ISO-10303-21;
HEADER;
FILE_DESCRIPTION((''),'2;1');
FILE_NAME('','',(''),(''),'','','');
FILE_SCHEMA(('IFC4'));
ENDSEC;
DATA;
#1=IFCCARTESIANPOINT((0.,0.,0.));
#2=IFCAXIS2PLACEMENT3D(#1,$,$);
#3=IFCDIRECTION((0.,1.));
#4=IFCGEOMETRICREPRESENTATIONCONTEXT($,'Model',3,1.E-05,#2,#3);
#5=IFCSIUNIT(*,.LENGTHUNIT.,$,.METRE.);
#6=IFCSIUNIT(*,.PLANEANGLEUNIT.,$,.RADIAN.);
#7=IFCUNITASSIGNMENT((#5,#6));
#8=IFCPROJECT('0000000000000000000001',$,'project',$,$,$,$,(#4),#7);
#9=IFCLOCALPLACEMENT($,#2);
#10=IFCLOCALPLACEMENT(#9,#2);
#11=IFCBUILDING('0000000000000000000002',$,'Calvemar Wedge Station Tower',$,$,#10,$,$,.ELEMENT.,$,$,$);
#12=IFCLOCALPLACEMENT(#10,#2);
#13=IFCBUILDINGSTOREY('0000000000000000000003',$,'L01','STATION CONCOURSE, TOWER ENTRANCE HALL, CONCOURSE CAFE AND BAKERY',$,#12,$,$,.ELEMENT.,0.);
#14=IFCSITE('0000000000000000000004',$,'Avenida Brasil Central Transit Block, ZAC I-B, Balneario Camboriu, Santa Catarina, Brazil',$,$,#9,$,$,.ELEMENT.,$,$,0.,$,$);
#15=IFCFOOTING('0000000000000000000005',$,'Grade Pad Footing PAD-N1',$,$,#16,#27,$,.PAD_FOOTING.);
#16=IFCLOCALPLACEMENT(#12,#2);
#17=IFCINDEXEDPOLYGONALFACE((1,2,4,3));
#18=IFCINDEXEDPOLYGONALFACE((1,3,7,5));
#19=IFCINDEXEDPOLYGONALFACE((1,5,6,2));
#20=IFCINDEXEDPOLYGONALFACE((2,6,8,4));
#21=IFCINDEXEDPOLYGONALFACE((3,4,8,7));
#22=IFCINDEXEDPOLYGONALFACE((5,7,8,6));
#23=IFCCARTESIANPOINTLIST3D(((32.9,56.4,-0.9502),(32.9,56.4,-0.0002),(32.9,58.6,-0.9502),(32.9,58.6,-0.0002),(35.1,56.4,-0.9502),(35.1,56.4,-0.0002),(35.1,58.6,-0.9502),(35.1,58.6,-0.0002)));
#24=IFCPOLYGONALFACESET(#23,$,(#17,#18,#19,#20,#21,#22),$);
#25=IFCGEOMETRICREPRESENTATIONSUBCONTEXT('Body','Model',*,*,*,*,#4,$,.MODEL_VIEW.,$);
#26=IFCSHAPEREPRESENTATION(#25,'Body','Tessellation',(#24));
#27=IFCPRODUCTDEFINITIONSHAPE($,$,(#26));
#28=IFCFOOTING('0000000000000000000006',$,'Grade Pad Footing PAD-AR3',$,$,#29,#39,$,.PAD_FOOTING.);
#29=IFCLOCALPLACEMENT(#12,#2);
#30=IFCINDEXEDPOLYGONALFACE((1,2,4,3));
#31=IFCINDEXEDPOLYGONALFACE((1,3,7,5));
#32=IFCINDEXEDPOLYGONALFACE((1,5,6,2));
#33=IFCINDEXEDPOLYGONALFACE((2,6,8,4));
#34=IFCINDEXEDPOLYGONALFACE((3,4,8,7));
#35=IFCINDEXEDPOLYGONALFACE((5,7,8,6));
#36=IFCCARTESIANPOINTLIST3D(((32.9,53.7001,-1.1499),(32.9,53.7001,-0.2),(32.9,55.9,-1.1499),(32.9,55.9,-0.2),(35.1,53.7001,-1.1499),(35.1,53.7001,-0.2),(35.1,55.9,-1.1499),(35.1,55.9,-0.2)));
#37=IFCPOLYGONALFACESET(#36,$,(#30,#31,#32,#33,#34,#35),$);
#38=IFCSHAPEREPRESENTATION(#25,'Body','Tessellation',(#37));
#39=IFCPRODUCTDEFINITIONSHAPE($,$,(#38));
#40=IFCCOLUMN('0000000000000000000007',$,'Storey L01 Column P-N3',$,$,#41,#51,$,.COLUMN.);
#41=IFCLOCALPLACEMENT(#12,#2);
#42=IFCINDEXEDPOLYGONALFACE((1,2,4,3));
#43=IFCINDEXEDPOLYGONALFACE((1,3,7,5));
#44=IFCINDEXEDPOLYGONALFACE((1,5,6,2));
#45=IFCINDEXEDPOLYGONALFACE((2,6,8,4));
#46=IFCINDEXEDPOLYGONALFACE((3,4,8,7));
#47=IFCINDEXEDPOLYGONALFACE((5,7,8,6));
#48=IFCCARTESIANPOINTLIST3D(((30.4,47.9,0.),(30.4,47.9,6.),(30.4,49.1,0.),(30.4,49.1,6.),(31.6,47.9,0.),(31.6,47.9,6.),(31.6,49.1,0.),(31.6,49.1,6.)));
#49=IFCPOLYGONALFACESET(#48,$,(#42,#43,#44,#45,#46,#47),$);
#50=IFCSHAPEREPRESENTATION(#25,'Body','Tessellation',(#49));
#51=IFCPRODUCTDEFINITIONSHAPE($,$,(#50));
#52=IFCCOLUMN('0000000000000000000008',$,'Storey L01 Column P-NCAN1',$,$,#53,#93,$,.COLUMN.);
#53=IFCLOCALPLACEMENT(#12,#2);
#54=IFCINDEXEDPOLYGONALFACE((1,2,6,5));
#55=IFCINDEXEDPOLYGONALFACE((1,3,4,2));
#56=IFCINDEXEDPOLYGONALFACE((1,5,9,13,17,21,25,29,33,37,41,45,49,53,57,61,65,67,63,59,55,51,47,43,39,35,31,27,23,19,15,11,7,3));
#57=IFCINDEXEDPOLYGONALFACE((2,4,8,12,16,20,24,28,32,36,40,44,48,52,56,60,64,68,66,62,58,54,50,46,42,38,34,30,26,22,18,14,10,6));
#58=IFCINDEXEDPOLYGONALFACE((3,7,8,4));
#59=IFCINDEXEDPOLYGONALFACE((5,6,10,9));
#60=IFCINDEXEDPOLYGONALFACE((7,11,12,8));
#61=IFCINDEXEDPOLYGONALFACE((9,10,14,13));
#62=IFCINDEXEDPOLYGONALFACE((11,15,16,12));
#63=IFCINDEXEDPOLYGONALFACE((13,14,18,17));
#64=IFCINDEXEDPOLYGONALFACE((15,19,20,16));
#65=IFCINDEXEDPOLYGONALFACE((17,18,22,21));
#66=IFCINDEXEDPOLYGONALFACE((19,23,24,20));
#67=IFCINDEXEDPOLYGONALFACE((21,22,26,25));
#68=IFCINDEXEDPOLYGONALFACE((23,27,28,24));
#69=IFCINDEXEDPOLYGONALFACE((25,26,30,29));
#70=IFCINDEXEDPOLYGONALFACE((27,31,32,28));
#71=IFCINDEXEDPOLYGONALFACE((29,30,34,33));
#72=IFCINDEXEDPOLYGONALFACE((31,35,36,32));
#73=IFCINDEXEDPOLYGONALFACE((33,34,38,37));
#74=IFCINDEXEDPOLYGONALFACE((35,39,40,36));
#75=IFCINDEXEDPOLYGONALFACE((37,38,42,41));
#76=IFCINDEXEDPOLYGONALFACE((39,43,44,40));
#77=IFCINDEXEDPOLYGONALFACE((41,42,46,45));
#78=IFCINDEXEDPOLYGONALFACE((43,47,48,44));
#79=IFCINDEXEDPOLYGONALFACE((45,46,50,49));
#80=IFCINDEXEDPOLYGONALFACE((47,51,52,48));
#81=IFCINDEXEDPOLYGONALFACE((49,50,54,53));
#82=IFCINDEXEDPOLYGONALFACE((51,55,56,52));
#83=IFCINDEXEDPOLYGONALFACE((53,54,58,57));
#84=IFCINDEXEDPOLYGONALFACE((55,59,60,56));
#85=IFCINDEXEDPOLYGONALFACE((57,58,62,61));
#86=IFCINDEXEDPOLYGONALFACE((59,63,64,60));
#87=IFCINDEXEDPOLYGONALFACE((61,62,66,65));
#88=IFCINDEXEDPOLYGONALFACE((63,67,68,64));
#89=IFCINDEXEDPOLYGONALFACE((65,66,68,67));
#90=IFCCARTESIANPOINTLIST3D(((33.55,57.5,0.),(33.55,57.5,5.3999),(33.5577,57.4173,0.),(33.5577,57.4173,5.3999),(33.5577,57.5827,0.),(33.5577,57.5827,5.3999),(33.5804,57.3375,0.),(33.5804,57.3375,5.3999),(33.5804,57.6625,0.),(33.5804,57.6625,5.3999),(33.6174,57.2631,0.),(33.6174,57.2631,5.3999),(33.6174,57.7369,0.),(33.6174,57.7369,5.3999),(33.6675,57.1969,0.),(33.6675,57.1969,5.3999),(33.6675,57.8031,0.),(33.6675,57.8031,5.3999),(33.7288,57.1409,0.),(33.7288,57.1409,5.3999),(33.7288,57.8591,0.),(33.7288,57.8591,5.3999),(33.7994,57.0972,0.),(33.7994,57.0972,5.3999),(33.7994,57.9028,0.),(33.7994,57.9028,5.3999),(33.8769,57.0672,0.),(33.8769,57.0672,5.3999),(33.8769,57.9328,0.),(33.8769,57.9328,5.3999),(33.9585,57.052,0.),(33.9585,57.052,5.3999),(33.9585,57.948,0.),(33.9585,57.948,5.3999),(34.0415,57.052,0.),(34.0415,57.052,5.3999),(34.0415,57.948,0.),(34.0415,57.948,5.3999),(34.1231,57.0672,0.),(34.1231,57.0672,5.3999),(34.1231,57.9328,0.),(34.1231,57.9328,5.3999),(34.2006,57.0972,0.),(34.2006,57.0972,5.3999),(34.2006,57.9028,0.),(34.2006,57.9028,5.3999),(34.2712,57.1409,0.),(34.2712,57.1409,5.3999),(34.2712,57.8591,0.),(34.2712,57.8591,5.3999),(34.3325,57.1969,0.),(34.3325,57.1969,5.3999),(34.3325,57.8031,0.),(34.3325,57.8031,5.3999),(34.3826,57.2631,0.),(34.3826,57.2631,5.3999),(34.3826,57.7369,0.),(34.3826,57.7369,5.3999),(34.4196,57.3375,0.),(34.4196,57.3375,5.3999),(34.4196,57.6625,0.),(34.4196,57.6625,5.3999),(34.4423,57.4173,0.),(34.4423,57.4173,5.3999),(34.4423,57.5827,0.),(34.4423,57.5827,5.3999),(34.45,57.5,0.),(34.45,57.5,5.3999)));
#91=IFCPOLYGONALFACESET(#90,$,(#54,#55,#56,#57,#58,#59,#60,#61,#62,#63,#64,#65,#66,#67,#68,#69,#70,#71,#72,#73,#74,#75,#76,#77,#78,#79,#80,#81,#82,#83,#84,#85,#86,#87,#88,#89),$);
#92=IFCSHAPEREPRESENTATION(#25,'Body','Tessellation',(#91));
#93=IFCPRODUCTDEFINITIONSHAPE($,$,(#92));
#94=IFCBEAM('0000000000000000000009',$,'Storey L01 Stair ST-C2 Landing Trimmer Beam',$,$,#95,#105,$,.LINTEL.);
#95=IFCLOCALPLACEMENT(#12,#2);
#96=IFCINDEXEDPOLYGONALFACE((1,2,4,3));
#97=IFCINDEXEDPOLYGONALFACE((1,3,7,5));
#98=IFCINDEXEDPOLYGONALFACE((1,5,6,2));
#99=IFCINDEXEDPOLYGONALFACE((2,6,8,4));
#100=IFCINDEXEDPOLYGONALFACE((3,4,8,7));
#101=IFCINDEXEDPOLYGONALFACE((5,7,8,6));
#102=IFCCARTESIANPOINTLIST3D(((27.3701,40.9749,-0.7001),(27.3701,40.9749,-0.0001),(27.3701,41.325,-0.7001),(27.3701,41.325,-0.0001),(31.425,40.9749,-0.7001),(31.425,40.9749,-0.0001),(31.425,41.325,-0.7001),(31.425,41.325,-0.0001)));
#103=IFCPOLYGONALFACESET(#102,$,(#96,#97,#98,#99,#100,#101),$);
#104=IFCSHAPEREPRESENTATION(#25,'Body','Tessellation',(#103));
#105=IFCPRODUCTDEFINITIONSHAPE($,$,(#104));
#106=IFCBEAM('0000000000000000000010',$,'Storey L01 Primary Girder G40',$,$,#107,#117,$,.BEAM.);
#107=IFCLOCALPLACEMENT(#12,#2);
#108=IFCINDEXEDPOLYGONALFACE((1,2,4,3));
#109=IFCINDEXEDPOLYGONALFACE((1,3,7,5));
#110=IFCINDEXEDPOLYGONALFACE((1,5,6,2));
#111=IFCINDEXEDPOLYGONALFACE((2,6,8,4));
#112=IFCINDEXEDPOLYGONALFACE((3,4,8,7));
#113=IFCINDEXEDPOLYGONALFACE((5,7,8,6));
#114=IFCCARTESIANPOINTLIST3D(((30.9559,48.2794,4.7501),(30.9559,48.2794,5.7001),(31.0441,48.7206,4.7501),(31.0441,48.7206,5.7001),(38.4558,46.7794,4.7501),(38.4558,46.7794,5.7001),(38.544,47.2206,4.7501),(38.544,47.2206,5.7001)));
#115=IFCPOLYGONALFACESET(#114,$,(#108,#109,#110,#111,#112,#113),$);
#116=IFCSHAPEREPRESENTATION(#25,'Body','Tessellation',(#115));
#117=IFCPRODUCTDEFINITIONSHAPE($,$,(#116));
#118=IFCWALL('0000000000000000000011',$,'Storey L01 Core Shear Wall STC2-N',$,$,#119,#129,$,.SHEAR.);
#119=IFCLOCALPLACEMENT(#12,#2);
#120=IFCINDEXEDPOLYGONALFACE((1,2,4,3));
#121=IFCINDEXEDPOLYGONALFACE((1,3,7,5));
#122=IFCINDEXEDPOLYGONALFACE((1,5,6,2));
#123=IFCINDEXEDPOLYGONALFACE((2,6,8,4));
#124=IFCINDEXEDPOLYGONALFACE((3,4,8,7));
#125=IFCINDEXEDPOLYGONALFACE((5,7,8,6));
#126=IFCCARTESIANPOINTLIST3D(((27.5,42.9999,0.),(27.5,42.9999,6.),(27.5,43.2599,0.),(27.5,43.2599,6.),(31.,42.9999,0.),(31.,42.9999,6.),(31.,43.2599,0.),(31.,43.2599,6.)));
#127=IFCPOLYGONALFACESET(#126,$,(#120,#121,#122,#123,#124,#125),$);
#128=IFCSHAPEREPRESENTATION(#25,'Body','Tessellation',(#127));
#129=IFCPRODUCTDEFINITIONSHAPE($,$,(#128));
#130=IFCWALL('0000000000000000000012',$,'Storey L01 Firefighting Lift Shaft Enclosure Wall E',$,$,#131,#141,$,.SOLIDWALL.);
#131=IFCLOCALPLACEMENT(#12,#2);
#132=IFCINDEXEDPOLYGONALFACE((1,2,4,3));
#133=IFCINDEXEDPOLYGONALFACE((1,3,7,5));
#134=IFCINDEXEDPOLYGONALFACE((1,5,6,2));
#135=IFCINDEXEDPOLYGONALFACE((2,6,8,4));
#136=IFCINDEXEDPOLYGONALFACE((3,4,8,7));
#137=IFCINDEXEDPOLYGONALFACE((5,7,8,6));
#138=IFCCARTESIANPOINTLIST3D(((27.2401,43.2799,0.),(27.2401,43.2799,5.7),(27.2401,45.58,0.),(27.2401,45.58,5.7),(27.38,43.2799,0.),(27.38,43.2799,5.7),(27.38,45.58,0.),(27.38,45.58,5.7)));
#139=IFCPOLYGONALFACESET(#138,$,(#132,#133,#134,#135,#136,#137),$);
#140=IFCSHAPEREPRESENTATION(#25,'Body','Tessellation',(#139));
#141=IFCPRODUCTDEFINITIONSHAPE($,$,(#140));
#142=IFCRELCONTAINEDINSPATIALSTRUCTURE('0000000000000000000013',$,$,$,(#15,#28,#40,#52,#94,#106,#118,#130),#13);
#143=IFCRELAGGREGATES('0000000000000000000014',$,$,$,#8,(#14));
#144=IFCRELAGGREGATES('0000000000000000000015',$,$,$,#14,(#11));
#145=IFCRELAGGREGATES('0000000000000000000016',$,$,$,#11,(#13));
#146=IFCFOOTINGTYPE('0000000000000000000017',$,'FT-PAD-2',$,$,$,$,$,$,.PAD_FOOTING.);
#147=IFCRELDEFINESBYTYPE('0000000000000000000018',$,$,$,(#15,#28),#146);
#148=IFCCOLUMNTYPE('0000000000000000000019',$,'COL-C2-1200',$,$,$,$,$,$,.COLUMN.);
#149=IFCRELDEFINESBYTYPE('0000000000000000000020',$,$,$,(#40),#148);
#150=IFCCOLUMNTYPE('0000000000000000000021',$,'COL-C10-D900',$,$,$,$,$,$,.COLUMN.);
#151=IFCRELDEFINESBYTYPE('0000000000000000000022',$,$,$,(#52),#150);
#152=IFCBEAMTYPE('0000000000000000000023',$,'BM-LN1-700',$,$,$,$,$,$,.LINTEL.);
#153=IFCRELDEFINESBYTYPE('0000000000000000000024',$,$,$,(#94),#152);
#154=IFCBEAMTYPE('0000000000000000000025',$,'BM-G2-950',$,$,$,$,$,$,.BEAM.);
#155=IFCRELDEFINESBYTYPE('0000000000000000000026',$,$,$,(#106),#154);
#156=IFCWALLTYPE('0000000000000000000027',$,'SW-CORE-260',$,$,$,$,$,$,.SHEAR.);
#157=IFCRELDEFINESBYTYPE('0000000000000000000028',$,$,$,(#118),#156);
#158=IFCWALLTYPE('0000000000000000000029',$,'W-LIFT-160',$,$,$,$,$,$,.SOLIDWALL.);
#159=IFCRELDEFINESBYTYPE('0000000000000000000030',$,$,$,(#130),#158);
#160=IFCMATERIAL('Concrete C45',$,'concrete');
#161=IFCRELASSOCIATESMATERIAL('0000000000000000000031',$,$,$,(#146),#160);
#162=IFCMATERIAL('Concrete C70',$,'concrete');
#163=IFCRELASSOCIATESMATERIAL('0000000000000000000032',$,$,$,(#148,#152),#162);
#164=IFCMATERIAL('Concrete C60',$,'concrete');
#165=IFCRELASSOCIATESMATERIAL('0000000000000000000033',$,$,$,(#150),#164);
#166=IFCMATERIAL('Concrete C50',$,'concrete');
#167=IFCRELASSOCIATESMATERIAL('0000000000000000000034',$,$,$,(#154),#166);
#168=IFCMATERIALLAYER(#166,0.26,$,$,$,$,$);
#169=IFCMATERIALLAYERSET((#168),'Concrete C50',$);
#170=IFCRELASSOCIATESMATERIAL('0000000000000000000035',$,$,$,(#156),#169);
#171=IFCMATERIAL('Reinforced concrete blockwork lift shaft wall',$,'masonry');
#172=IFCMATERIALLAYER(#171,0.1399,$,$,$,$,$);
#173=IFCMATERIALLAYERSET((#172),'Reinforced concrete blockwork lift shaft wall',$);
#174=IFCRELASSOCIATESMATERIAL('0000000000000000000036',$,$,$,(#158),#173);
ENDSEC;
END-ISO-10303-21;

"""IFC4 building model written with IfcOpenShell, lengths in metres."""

from ifc_helpers import new_model, si_unit, direction, frame, frame_2d, origin, origin_2d, place, context, subcontext, project, spatial, rectangle, circle, extrude, source, transform, mapped, material, layer, layer_set, material_profile, profile_set, type_object, element, save


model = new_model("IFC4")

# Units and contexts
model_context = context("Model", 3, precision=1e-05, world=origin(), true_north=direction((0.0, 1.0)))
body_context = subcontext(model_context, "Body", "Model", "MODEL_VIEW")
ifc_project = project(units=[si_unit("LENGTHUNIT", "METRE"), si_unit("PLANEANGLEUNIT", "RADIAN")], contexts=[model_context])

# Site, building, storey
site_placement = place(None, origin())
site = spatial("IfcSite", under=ifc_project, at=site_placement, Name="Avenida Brasil Central Transit Block, ZAC I-B, Balneario Camboriu, Santa Catarina, Brazil", CompositionType="ELEMENT", RefElevation=0.0)
building_placement = place(site_placement, origin())
building = spatial("IfcBuilding", under=site, at=building_placement, Name="Calvemar Wedge Station Tower", CompositionType="ELEMENT")
storey_placement = place(building_placement, origin())
storey = spatial("IfcBuildingStorey", under=building, at=storey_placement, Name="L01", Description="STATION CONCOURSE, TOWER ENTRANCE HALL, CONCOURSE CAFE AND BAKERY", CompositionType="ELEMENT", Elevation=0.0)

# Footings
ifc_material_1 = material(Name="Concrete C45", Category="concrete")
footing_type = type_object("IfcFootingType", Name="FT-PAD-2", PredefinedType="PAD_FOOTING", material=ifc_material_1)
shared_shape_1 = source(origin(), body_context, "Body", "SweptSolid", [
    extrude(rectangle(XDim=2.2, YDim=2.2, at=origin_2d()), origin(), (0.0, 0.0, 1.0), 0.95),
])
for number, where, z_axis, x_axis, name in (
    (1, (34.0, 57.5, -0.9502), (0.0, 0.0, 1.0), (1.0, 0.0, 0.0), "Grade Pad Footing PAD-N1"),
    (2, (34.0, 54.8, -1.1499), (0.0, 0.0, 1.0), (1.0, 0.0, 0.0), "Grade Pad Footing PAD-AR3"),
):
    element("IfcFooting", number, at=place(storey_placement, frame(where, z_axis=z_axis, x_axis=x_axis)), inside=storey, type_object=footing_type, Name=name, PredefinedType="PAD_FOOTING", context=body_context, shape_type="MappedRepresentation", body=[
        mapped(shared_shape_1, transform((0.0, 0.0, 0.0), scale=1.0)),
    ])

# Columns
ifc_material_2 = material(Name="Concrete C70", Category="concrete")
ifc_material_profile_1 = material_profile(ifc_material_2, rectangle(XDim=1.2, YDim=1.2, at=origin_2d()), Name="RC1200x1200")
ifc_profile_set_1 = profile_set([ifc_material_profile_1], Name="Concrete C70")
column_type_1 = type_object("IfcColumnType", Name="COL-C2-1200", PredefinedType="COLUMN", material=ifc_profile_set_1)
shared_shape_2 = source(origin(), body_context, "Body", "SweptSolid", [
    extrude(rectangle(XDim=1.2, YDim=1.2, at=origin_2d()), origin(), (0.0, 0.0, 1.0), 6.0),
])
column_1_placement = place(storey_placement, frame((31.0, 48.5, 0.0), z_axis=(0.0, 0.0, 1.0), x_axis=(1.0, 0.0, 0.0)))
element("IfcColumn", 3, at=column_1_placement, inside=storey, type_object=column_type_1, Name="Storey L01 Column P-N3", PredefinedType="COLUMN", context=body_context, shape_type="MappedRepresentation", body=[
    mapped(shared_shape_2, transform((0.0, 0.0, 0.0), scale=1.0)),
])
ifc_material_3 = material(Name="Concrete C60", Category="concrete")
ifc_material_profile_2 = material_profile(ifc_material_3, circle(Radius=0.45, at=origin_2d()), Name="RC-D900")
ifc_profile_set_2 = profile_set([ifc_material_profile_2], Name="Concrete C60")
column_type_2 = type_object("IfcColumnType", Name="COL-C10-D900", PredefinedType="COLUMN", material=ifc_profile_set_2)
shared_shape_3 = source(origin(), body_context, "Body", "SweptSolid", [
    extrude(circle(Radius=0.45, at=origin_2d()), origin(), (0.0, 0.0, 1.0), 5.3999),
])
column_2_placement = place(storey_placement, frame((34.0, 57.5, 0.0), z_axis=(0.0, 0.0, 1.0), x_axis=(1.0, 0.0, 0.0)))
element("IfcColumn", 4, at=column_2_placement, inside=storey, type_object=column_type_2, Name="Storey L01 Column P-NCAN1", PredefinedType="COLUMN", context=body_context, shape_type="MappedRepresentation", body=[
    mapped(shared_shape_3, transform((0.0, 0.0, 0.0), scale=1.0)),
])

# Beams
ifc_material_profile_3 = material_profile(ifc_material_2, rectangle(XDim=0.3501, YDim=0.7, at=origin_2d()), Name="RC350x700")
ifc_profile_set_3 = profile_set([ifc_material_profile_3], Name="Concrete C70")
beam_type_1 = type_object("IfcBeamType", Name="BM-LN1-700", PredefinedType="LINTEL", material=ifc_profile_set_3)
shared_shape_4 = source(origin(), body_context, "Body", "SweptSolid", [
    extrude(rectangle(XDim=0.3501, YDim=0.7, at=origin_2d()), origin(), (0.0, 0.0, 1.0), 4.0549),
])
beam_1_placement = place(storey_placement, frame((27.3701, 41.1499, -0.3501), z_axis=(1.0, 0.0, 0.0), x_axis=(0.0, 1.0, 0.0)))
element("IfcBeam", 5, at=beam_1_placement, inside=storey, type_object=beam_type_1, Name="Storey L01 Stair ST-C2 Landing Trimmer Beam", PredefinedType="LINTEL", context=body_context, shape_type="MappedRepresentation", body=[
    mapped(shared_shape_4, transform((0.0, 0.0, 0.0), scale=1.0)),
])
ifc_material_4 = material(Name="Concrete C50", Category="concrete")
ifc_material_profile_4 = material_profile(ifc_material_4, rectangle(XDim=0.45, YDim=0.95, at=origin_2d()), Name="RC450x950")
ifc_profile_set_4 = profile_set([ifc_material_profile_4], Name="Concrete C50")
beam_type_2 = type_object("IfcBeamType", Name="BM-G2-950", PredefinedType="BEAM", material=ifc_profile_set_4)
shared_shape_5 = source(origin(), body_context, "Body", "SweptSolid", [
    extrude(rectangle(XDim=0.45, YDim=0.95, at=origin_2d()), origin(), (0.0, 0.0, 1.0), 7.6484),
])
beam_2_placement = place(storey_placement, frame((31.0, 48.5, 5.2251), z_axis=(0.980581, -0.196116, 0.0), x_axis=(0.196116, 0.980581, 0.0)))
element("IfcBeam", 6, at=beam_2_placement, inside=storey, type_object=beam_type_2, Name="Storey L01 Primary Girder G40", PredefinedType="BEAM", context=body_context, shape_type="MappedRepresentation", body=[
    mapped(shared_shape_5, transform((0.0, 0.0, 0.0), scale=1.0)),
])

# Wall
ifc_layer_1 = layer(ifc_material_4, 0.26)
ifc_layer_set_1 = layer_set([ifc_layer_1], Name="Concrete C50")
wall_type_1 = type_object("IfcWallType", Name="SW-CORE-260", PredefinedType="SHEAR", material=ifc_layer_set_1)
wall_1_placement = place(storey_placement, frame((27.5, 43.1299, 0.0), z_axis=(0.0, 0.0, 1.0), x_axis=(1.0, 0.0, 0.0)))
element("IfcWall", 7, at=wall_1_placement, inside=storey, type_object=wall_type_1, Name="Storey L01 Core Shear Wall STC2-N", PredefinedType="SHEAR", context=body_context, shape_type="SweptSolid", body=[
    extrude(rectangle(XDim=3.5, YDim=0.26, at=frame_2d((1.75, 0.0))), origin(), (0.0, 0.0, 1.0), 6.0),
])

# Wall
ifc_material_5 = material(Name="Reinforced concrete blockwork lift shaft wall", Category="masonry")
ifc_layer_2 = layer(ifc_material_5, 0.1399)
ifc_layer_set_2 = layer_set([ifc_layer_2], Name="Reinforced concrete blockwork lift shaft wall")
wall_type_2 = type_object("IfcWallType", Name="W-LIFT-160", PredefinedType="SOLIDWALL", material=ifc_layer_set_2)
wall_2_placement = place(storey_placement, frame((27.3101, 43.28, 0.0), z_axis=(0.0, 0.0, 1.0), x_axis=(0.0, 1.0, 0.0)))
element("IfcWall", 8, at=wall_2_placement, inside=storey, type_object=wall_type_2, Name="Storey L01 Firefighting Lift Shaft Enclosure Wall E", PredefinedType="SOLIDWALL", context=body_context, shape_type="SweptSolid", body=[
    extrude(rectangle(XDim=2.3, YDim=0.1399, at=frame_2d((1.1499, 0.0))), origin(), (0.0, 0.0, 1.0), 5.7),
])

save(model, "model.ifc")
